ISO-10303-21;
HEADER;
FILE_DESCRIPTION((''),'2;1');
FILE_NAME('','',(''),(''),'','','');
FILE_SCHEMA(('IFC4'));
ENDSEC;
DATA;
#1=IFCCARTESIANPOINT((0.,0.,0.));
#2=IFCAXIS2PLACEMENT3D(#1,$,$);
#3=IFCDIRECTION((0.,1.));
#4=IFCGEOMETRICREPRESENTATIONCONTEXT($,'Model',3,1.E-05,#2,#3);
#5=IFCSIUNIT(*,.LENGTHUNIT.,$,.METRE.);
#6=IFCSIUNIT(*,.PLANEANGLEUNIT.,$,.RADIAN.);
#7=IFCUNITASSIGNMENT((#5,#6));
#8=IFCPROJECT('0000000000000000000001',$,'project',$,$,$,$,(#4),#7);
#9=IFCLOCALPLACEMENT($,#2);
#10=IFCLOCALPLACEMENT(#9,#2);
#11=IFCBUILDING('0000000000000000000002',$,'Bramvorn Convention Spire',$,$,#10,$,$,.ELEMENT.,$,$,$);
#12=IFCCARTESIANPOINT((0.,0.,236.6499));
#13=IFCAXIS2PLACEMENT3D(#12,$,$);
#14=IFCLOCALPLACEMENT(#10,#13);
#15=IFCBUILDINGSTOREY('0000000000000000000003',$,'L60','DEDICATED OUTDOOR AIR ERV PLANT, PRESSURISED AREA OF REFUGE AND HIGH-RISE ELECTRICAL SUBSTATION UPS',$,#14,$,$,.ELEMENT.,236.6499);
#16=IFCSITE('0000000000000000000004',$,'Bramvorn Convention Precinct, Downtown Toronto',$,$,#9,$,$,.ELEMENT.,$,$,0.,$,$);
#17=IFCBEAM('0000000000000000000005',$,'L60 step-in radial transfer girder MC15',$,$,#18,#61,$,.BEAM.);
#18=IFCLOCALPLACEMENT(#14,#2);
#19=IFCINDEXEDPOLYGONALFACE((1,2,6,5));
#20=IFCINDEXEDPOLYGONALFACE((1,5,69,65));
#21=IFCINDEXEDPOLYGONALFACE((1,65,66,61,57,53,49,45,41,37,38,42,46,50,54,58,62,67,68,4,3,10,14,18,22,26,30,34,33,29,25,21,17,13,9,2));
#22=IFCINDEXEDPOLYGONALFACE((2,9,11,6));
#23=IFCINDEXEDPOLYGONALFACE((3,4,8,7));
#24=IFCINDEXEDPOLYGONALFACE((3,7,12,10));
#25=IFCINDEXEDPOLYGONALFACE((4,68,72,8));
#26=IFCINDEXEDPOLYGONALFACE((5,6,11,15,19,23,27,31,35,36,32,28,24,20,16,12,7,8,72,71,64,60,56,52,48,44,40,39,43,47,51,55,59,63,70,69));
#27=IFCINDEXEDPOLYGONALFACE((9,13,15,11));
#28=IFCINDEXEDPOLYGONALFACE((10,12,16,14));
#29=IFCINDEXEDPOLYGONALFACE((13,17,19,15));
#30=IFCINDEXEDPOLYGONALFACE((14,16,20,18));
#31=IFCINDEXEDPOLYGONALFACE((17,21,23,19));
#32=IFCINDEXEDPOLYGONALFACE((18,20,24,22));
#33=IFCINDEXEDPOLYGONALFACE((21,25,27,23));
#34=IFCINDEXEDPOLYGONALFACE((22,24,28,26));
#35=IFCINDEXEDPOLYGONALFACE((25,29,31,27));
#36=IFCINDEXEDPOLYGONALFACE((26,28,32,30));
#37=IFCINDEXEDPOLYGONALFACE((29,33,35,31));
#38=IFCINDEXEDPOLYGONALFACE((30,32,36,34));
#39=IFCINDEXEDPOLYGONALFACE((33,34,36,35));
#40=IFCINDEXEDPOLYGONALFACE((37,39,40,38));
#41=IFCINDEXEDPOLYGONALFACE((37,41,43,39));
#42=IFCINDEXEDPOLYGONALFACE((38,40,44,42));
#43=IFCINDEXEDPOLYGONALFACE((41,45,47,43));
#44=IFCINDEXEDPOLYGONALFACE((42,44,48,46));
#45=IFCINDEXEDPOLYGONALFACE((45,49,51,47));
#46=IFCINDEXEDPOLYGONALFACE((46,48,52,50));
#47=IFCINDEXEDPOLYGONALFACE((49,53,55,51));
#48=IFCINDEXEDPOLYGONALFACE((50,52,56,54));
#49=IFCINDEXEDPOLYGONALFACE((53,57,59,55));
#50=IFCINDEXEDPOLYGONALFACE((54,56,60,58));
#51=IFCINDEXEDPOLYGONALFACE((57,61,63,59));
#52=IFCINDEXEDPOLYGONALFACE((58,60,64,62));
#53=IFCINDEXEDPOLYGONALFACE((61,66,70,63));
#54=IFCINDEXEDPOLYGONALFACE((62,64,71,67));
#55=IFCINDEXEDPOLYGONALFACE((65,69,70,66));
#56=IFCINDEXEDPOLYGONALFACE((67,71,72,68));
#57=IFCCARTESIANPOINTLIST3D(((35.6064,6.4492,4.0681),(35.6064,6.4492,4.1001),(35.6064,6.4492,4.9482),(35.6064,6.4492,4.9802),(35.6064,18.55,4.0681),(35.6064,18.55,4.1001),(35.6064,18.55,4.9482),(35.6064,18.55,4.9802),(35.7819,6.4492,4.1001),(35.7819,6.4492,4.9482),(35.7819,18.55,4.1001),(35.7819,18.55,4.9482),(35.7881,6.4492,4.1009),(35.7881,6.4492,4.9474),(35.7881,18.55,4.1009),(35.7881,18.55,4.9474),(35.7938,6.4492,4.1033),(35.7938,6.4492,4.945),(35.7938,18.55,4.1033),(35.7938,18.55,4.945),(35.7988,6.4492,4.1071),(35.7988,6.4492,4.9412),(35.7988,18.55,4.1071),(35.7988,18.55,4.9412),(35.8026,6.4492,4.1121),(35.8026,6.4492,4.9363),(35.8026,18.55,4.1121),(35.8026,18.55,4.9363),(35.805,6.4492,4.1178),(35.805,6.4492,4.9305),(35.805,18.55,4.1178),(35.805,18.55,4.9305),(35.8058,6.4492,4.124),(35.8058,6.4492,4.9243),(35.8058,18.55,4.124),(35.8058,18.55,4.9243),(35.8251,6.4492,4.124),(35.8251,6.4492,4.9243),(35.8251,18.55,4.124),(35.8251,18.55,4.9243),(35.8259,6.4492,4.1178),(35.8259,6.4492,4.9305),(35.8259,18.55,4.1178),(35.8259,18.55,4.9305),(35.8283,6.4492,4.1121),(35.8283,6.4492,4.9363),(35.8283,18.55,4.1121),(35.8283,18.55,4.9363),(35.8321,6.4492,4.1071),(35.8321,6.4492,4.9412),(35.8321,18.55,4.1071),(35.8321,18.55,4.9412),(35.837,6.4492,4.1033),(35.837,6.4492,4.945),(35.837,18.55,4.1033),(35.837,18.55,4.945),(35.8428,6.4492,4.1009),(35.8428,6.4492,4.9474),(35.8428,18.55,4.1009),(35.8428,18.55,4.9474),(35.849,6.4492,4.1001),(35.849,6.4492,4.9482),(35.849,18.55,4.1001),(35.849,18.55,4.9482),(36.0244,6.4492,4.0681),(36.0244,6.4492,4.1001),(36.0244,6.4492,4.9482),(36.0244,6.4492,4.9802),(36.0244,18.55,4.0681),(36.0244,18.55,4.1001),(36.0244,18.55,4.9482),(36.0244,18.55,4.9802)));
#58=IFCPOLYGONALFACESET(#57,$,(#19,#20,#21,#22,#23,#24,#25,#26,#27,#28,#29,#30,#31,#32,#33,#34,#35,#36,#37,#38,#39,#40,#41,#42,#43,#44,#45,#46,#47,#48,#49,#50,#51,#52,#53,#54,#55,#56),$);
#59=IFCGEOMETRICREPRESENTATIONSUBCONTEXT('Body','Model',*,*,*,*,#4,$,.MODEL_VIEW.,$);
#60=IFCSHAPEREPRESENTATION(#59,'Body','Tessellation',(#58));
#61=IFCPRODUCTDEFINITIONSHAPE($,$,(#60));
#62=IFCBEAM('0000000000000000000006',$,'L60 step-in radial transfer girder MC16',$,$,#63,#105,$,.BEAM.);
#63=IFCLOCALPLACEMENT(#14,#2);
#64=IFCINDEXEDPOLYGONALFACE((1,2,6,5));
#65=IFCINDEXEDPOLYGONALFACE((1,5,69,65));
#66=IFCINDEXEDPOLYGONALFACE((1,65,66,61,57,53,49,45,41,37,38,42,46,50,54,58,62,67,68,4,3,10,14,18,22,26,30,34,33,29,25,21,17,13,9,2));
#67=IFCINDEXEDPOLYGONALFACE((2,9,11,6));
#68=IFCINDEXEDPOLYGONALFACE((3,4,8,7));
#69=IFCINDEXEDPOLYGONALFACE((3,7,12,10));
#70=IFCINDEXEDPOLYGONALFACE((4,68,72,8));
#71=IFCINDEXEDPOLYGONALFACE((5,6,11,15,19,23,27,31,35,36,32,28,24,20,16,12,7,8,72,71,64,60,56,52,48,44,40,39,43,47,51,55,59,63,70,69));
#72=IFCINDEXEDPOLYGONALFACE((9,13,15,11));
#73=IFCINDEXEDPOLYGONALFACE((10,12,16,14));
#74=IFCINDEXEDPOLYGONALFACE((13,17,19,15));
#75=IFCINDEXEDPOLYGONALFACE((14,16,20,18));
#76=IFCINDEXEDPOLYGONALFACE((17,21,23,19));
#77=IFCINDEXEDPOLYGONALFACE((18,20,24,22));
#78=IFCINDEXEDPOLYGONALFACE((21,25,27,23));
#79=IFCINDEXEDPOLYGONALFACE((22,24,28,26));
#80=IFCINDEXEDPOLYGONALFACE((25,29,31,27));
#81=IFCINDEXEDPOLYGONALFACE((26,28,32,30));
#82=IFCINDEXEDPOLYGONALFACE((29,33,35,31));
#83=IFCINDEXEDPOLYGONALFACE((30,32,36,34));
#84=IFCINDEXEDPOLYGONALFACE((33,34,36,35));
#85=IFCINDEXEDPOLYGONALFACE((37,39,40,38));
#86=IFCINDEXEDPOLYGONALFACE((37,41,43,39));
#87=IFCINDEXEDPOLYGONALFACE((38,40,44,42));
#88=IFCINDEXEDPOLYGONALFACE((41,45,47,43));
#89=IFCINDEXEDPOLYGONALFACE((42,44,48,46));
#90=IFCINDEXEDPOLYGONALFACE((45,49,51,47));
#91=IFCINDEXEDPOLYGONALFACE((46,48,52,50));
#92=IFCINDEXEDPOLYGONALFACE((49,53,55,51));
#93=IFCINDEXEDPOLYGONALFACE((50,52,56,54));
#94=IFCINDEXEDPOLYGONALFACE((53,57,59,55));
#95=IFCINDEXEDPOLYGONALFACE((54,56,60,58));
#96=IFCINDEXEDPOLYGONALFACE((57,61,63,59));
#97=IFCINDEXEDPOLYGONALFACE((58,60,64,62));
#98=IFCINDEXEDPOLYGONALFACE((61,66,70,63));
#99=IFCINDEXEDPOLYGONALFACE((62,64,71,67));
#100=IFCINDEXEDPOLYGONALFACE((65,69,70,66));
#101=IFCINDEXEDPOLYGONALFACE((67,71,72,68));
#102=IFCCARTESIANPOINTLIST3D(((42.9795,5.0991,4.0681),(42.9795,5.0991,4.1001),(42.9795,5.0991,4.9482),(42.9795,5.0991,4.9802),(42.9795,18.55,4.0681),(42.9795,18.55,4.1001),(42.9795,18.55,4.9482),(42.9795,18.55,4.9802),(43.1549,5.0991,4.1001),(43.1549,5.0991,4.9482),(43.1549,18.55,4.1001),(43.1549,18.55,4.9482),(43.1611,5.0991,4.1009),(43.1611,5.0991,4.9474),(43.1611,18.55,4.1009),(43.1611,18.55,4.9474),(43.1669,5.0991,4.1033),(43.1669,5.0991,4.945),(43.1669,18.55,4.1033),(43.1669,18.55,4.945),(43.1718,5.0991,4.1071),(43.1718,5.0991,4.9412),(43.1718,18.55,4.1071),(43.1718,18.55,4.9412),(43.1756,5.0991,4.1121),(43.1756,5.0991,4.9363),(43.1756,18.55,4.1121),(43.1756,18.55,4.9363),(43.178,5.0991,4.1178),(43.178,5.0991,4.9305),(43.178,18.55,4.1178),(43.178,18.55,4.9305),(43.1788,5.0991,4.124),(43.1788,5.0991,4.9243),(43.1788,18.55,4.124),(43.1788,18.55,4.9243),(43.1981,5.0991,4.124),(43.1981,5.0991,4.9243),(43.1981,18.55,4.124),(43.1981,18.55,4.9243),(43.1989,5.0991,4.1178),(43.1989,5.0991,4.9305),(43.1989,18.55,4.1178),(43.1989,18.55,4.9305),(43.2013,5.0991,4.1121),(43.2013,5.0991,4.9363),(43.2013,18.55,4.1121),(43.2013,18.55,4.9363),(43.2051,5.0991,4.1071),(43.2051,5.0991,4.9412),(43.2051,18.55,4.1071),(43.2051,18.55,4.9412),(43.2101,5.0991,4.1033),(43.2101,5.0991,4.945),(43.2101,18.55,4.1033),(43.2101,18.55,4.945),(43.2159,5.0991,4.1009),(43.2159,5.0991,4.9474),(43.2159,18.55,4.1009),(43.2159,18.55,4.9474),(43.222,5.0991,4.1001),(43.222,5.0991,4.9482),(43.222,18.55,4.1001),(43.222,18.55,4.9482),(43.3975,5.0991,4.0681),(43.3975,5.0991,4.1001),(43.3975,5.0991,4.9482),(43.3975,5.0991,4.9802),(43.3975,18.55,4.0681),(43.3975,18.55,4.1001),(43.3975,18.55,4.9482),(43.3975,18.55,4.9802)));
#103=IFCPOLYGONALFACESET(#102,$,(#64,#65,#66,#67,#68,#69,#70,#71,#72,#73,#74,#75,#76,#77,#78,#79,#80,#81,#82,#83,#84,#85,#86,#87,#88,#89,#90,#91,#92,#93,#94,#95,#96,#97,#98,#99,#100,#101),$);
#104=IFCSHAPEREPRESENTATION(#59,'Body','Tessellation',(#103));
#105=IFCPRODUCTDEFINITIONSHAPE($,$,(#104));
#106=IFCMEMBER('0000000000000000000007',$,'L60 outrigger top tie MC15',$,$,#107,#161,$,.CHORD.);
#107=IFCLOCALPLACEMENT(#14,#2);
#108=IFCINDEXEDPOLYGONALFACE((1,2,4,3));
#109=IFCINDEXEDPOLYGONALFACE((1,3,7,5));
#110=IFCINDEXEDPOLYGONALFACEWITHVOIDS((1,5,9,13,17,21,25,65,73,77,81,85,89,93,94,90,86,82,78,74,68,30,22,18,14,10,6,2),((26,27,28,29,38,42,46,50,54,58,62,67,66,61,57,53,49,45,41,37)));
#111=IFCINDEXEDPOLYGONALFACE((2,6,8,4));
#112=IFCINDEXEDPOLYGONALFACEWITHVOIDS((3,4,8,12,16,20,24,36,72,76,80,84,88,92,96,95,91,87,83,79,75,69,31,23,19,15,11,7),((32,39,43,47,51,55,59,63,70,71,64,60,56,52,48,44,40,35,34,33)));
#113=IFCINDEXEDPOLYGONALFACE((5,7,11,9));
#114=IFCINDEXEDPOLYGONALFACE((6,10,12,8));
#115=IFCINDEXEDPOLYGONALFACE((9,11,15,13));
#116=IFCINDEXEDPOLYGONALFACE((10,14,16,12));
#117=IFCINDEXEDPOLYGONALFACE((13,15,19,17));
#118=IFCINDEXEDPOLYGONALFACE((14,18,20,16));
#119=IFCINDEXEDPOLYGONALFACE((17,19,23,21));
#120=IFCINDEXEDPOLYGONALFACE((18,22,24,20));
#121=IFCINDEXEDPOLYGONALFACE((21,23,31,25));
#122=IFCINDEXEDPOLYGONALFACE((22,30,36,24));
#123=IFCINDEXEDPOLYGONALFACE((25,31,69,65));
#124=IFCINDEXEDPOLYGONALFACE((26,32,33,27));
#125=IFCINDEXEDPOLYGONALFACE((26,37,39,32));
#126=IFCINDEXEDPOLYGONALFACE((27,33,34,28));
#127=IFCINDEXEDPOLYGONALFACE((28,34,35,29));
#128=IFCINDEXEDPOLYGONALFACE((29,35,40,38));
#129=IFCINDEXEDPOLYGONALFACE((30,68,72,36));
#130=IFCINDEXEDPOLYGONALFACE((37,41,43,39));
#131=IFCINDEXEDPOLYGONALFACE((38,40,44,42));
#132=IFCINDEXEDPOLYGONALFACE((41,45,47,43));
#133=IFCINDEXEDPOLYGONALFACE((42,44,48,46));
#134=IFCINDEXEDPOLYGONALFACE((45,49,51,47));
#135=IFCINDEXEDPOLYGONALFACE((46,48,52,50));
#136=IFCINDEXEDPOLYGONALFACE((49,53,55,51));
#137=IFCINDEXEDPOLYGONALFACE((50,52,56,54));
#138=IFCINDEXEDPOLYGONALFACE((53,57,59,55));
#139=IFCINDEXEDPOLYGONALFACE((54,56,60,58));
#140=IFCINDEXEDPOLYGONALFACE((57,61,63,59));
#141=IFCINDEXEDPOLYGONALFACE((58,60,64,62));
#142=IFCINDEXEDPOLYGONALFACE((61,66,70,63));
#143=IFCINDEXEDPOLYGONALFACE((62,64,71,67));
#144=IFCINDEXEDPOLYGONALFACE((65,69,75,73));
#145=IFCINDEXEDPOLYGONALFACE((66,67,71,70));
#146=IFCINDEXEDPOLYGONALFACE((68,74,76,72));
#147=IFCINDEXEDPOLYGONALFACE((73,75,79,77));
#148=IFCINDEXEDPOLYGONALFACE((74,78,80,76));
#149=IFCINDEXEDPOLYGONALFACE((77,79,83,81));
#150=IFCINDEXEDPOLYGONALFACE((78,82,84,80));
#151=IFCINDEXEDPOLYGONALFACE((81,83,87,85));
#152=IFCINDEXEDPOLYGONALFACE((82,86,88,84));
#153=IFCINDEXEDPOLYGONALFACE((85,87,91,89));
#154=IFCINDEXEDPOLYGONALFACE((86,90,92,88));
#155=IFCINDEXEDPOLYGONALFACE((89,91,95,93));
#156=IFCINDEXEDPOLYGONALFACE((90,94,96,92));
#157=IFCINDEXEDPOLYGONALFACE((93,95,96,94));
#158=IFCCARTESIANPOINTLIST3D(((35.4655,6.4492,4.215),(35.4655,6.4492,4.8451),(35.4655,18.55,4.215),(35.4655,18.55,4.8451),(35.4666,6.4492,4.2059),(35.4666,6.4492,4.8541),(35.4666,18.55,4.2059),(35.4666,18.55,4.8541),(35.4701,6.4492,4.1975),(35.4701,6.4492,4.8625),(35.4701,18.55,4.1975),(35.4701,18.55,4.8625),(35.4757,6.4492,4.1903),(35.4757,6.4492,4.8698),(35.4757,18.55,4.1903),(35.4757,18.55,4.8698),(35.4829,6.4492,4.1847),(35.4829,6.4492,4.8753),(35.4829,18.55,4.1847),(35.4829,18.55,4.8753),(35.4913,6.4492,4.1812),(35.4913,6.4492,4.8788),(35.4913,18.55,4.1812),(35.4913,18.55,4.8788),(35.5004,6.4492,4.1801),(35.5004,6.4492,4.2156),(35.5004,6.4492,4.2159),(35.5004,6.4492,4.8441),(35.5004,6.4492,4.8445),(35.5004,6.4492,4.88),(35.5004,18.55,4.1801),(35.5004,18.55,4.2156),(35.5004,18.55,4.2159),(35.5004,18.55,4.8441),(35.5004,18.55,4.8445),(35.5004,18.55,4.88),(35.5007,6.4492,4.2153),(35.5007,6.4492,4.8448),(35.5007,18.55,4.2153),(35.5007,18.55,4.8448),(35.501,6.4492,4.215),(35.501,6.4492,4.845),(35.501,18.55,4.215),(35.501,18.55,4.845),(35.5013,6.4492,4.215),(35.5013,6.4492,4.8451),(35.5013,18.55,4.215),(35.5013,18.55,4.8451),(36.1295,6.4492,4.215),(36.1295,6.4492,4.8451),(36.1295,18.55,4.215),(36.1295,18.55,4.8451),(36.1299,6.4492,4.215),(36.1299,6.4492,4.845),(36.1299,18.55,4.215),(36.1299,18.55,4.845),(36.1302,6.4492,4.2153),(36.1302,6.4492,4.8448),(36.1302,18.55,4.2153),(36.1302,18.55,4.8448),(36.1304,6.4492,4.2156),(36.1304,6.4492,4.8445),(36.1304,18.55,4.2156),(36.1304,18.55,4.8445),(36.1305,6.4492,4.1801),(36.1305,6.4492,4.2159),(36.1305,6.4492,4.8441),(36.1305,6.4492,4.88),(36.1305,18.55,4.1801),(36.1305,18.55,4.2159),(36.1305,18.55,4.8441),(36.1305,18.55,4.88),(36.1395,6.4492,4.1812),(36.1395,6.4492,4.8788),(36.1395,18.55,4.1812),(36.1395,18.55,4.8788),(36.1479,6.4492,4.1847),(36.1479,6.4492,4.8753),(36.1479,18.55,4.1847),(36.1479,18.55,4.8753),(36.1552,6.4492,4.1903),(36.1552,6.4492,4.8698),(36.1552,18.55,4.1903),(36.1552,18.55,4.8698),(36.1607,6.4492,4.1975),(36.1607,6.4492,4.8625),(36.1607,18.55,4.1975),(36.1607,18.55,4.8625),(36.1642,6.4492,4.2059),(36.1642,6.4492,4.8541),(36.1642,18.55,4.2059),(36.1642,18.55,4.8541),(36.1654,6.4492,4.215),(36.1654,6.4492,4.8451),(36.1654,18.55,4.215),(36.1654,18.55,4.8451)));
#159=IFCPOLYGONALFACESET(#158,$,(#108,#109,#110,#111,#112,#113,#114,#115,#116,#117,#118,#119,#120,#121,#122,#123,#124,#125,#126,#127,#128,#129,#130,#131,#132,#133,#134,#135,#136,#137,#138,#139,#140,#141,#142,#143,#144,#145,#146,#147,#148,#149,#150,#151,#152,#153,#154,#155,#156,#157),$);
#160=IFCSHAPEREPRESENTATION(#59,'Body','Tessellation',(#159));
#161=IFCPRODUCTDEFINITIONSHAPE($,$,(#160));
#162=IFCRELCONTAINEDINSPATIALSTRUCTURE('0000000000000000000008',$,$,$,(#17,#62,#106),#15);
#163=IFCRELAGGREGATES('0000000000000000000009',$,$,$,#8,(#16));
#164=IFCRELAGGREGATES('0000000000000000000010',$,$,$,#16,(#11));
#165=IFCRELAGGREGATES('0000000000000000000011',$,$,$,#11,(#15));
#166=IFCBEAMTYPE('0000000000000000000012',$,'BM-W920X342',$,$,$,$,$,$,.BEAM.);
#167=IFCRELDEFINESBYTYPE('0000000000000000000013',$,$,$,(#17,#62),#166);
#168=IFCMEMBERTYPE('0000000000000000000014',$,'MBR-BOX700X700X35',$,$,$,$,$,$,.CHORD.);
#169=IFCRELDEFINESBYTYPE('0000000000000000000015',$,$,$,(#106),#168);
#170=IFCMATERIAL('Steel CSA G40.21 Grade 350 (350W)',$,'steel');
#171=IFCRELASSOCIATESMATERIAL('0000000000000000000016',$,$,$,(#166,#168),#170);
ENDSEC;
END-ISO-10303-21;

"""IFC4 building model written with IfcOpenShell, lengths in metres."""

from ifc_helpers import new_model, si_unit, direction, frame, origin, origin_2d, place, context, subcontext, project, spatial, hollow_rectangle, i_section, extrude, material, material_profile, profile_set, type_object, element, save


model = new_model("IFC4")

# Units and contexts
model_context = context("Model", 3, precision=1e-05, world=origin(), true_north=direction((0.0, 1.0)))
body_context = subcontext(model_context, "Body", "Model", "MODEL_VIEW")
ifc_project = project(units=[si_unit("LENGTHUNIT", "METRE"), si_unit("PLANEANGLEUNIT", "RADIAN")], contexts=[model_context])

# Site, building, storey
site_placement = place(None, origin())
site = spatial("IfcSite", under=ifc_project, at=site_placement, Name="Bramvorn Convention Precinct, Downtown Toronto", CompositionType="ELEMENT", RefElevation=0.0)
building_placement = place(site_placement, origin())
building = spatial("IfcBuilding", under=site, at=building_placement, Name="Bramvorn Convention Spire", CompositionType="ELEMENT")
storey_placement = place(building_placement, frame((0.0, 0.0, 236.6499)))
storey = spatial("IfcBuildingStorey", under=building, at=storey_placement, Name="L60", Description="DEDICATED OUTDOOR AIR ERV PLANT, PRESSURISED AREA OF REFUGE AND HIGH-RISE ELECTRICAL SUBSTATION UPS", CompositionType="ELEMENT", Elevation=236.6499)

# Beams
ifc_material_1 = material(Name="Steel CSA G40.21 Grade 350 (350W)", Category="steel")
ifc_material_profile_1 = material_profile(ifc_material_1, i_section(OverallWidth=0.418, OverallDepth=0.9121, WebThickness=0.0193, FlangeThickness=0.032, FilletRadius=0.0239, at=origin_2d()))
ifc_profile_set_1 = profile_set([ifc_material_profile_1], Name="Steel CSA G40.21 Grade 350 (350W) - W920X342")
beam_type = type_object("IfcBeamType", Name="BM-W920X342", PredefinedType="BEAM", material=ifc_profile_set_1)
beam_1_placement = place(storey_placement, frame((35.8154, 18.55, 4.5242), z_axis=(0.0, -1.0, 0.0), x_axis=(1.0, 0.0, 0.0)))
element("IfcBeam", 1, at=beam_1_placement, inside=storey, type_object=beam_type, Name="L60 step-in radial transfer girder MC15", PredefinedType="BEAM", context=body_context, shape_type="SweptSolid", body=[
    extrude(i_section(OverallWidth=0.418, OverallDepth=0.9121, WebThickness=0.0193, FlangeThickness=0.032, FilletRadius=0.0239, at=origin_2d()), origin(), (0.0, 0.0, 1.0), 12.1008),
])
beam_2_placement = place(storey_placement, frame((43.1885, 18.55, 4.5242), z_axis=(0.0, -1.0, 0.0), x_axis=(1.0, 0.0, 0.0)))
element("IfcBeam", 2, at=beam_2_placement, inside=storey, type_object=beam_type, Name="L60 step-in radial transfer girder MC16", PredefinedType="BEAM", context=body_context, shape_type="SweptSolid", body=[
    extrude(i_section(OverallWidth=0.418, OverallDepth=0.9121, WebThickness=0.0193, FlangeThickness=0.032, FilletRadius=0.0239, at=origin_2d()), origin(), (0.0, 0.0, 1.0), 13.4509),
])

# Member
ifc_material_profile_2 = material_profile(ifc_material_1, hollow_rectangle(XDim=0.7, YDim=0.7, WallThickness=0.0349, InnerFilletRadius=0.001, OuterFilletRadius=0.0349, at=origin_2d()))
ifc_profile_set_2 = profile_set([ifc_material_profile_2], Name="Steel CSA G40.21 Grade 350 (350W) - BOX700X700X35")
member_type = type_object("IfcMemberType", Name="MBR-BOX700X700X35", PredefinedType="CHORD", material=ifc_profile_set_2)
member_1_placement = place(storey_placement, frame((35.8154, 18.55, 4.53), z_axis=(0.0, -1.0, 0.0), x_axis=(1.0, 0.0, 0.0)))
element("IfcMember", 3, at=member_1_placement, inside=storey, type_object=member_type, Name="L60 outrigger top tie MC15", PredefinedType="CHORD", context=body_context, shape_type="SweptSolid", body=[
    extrude(hollow_rectangle(XDim=0.7, YDim=0.7, WallThickness=0.0349, InnerFilletRadius=0.001, OuterFilletRadius=0.0349, at=origin_2d()), origin(), (0.0, 0.0, 1.0), 12.1008),
])

save(model, "model.ifc")
